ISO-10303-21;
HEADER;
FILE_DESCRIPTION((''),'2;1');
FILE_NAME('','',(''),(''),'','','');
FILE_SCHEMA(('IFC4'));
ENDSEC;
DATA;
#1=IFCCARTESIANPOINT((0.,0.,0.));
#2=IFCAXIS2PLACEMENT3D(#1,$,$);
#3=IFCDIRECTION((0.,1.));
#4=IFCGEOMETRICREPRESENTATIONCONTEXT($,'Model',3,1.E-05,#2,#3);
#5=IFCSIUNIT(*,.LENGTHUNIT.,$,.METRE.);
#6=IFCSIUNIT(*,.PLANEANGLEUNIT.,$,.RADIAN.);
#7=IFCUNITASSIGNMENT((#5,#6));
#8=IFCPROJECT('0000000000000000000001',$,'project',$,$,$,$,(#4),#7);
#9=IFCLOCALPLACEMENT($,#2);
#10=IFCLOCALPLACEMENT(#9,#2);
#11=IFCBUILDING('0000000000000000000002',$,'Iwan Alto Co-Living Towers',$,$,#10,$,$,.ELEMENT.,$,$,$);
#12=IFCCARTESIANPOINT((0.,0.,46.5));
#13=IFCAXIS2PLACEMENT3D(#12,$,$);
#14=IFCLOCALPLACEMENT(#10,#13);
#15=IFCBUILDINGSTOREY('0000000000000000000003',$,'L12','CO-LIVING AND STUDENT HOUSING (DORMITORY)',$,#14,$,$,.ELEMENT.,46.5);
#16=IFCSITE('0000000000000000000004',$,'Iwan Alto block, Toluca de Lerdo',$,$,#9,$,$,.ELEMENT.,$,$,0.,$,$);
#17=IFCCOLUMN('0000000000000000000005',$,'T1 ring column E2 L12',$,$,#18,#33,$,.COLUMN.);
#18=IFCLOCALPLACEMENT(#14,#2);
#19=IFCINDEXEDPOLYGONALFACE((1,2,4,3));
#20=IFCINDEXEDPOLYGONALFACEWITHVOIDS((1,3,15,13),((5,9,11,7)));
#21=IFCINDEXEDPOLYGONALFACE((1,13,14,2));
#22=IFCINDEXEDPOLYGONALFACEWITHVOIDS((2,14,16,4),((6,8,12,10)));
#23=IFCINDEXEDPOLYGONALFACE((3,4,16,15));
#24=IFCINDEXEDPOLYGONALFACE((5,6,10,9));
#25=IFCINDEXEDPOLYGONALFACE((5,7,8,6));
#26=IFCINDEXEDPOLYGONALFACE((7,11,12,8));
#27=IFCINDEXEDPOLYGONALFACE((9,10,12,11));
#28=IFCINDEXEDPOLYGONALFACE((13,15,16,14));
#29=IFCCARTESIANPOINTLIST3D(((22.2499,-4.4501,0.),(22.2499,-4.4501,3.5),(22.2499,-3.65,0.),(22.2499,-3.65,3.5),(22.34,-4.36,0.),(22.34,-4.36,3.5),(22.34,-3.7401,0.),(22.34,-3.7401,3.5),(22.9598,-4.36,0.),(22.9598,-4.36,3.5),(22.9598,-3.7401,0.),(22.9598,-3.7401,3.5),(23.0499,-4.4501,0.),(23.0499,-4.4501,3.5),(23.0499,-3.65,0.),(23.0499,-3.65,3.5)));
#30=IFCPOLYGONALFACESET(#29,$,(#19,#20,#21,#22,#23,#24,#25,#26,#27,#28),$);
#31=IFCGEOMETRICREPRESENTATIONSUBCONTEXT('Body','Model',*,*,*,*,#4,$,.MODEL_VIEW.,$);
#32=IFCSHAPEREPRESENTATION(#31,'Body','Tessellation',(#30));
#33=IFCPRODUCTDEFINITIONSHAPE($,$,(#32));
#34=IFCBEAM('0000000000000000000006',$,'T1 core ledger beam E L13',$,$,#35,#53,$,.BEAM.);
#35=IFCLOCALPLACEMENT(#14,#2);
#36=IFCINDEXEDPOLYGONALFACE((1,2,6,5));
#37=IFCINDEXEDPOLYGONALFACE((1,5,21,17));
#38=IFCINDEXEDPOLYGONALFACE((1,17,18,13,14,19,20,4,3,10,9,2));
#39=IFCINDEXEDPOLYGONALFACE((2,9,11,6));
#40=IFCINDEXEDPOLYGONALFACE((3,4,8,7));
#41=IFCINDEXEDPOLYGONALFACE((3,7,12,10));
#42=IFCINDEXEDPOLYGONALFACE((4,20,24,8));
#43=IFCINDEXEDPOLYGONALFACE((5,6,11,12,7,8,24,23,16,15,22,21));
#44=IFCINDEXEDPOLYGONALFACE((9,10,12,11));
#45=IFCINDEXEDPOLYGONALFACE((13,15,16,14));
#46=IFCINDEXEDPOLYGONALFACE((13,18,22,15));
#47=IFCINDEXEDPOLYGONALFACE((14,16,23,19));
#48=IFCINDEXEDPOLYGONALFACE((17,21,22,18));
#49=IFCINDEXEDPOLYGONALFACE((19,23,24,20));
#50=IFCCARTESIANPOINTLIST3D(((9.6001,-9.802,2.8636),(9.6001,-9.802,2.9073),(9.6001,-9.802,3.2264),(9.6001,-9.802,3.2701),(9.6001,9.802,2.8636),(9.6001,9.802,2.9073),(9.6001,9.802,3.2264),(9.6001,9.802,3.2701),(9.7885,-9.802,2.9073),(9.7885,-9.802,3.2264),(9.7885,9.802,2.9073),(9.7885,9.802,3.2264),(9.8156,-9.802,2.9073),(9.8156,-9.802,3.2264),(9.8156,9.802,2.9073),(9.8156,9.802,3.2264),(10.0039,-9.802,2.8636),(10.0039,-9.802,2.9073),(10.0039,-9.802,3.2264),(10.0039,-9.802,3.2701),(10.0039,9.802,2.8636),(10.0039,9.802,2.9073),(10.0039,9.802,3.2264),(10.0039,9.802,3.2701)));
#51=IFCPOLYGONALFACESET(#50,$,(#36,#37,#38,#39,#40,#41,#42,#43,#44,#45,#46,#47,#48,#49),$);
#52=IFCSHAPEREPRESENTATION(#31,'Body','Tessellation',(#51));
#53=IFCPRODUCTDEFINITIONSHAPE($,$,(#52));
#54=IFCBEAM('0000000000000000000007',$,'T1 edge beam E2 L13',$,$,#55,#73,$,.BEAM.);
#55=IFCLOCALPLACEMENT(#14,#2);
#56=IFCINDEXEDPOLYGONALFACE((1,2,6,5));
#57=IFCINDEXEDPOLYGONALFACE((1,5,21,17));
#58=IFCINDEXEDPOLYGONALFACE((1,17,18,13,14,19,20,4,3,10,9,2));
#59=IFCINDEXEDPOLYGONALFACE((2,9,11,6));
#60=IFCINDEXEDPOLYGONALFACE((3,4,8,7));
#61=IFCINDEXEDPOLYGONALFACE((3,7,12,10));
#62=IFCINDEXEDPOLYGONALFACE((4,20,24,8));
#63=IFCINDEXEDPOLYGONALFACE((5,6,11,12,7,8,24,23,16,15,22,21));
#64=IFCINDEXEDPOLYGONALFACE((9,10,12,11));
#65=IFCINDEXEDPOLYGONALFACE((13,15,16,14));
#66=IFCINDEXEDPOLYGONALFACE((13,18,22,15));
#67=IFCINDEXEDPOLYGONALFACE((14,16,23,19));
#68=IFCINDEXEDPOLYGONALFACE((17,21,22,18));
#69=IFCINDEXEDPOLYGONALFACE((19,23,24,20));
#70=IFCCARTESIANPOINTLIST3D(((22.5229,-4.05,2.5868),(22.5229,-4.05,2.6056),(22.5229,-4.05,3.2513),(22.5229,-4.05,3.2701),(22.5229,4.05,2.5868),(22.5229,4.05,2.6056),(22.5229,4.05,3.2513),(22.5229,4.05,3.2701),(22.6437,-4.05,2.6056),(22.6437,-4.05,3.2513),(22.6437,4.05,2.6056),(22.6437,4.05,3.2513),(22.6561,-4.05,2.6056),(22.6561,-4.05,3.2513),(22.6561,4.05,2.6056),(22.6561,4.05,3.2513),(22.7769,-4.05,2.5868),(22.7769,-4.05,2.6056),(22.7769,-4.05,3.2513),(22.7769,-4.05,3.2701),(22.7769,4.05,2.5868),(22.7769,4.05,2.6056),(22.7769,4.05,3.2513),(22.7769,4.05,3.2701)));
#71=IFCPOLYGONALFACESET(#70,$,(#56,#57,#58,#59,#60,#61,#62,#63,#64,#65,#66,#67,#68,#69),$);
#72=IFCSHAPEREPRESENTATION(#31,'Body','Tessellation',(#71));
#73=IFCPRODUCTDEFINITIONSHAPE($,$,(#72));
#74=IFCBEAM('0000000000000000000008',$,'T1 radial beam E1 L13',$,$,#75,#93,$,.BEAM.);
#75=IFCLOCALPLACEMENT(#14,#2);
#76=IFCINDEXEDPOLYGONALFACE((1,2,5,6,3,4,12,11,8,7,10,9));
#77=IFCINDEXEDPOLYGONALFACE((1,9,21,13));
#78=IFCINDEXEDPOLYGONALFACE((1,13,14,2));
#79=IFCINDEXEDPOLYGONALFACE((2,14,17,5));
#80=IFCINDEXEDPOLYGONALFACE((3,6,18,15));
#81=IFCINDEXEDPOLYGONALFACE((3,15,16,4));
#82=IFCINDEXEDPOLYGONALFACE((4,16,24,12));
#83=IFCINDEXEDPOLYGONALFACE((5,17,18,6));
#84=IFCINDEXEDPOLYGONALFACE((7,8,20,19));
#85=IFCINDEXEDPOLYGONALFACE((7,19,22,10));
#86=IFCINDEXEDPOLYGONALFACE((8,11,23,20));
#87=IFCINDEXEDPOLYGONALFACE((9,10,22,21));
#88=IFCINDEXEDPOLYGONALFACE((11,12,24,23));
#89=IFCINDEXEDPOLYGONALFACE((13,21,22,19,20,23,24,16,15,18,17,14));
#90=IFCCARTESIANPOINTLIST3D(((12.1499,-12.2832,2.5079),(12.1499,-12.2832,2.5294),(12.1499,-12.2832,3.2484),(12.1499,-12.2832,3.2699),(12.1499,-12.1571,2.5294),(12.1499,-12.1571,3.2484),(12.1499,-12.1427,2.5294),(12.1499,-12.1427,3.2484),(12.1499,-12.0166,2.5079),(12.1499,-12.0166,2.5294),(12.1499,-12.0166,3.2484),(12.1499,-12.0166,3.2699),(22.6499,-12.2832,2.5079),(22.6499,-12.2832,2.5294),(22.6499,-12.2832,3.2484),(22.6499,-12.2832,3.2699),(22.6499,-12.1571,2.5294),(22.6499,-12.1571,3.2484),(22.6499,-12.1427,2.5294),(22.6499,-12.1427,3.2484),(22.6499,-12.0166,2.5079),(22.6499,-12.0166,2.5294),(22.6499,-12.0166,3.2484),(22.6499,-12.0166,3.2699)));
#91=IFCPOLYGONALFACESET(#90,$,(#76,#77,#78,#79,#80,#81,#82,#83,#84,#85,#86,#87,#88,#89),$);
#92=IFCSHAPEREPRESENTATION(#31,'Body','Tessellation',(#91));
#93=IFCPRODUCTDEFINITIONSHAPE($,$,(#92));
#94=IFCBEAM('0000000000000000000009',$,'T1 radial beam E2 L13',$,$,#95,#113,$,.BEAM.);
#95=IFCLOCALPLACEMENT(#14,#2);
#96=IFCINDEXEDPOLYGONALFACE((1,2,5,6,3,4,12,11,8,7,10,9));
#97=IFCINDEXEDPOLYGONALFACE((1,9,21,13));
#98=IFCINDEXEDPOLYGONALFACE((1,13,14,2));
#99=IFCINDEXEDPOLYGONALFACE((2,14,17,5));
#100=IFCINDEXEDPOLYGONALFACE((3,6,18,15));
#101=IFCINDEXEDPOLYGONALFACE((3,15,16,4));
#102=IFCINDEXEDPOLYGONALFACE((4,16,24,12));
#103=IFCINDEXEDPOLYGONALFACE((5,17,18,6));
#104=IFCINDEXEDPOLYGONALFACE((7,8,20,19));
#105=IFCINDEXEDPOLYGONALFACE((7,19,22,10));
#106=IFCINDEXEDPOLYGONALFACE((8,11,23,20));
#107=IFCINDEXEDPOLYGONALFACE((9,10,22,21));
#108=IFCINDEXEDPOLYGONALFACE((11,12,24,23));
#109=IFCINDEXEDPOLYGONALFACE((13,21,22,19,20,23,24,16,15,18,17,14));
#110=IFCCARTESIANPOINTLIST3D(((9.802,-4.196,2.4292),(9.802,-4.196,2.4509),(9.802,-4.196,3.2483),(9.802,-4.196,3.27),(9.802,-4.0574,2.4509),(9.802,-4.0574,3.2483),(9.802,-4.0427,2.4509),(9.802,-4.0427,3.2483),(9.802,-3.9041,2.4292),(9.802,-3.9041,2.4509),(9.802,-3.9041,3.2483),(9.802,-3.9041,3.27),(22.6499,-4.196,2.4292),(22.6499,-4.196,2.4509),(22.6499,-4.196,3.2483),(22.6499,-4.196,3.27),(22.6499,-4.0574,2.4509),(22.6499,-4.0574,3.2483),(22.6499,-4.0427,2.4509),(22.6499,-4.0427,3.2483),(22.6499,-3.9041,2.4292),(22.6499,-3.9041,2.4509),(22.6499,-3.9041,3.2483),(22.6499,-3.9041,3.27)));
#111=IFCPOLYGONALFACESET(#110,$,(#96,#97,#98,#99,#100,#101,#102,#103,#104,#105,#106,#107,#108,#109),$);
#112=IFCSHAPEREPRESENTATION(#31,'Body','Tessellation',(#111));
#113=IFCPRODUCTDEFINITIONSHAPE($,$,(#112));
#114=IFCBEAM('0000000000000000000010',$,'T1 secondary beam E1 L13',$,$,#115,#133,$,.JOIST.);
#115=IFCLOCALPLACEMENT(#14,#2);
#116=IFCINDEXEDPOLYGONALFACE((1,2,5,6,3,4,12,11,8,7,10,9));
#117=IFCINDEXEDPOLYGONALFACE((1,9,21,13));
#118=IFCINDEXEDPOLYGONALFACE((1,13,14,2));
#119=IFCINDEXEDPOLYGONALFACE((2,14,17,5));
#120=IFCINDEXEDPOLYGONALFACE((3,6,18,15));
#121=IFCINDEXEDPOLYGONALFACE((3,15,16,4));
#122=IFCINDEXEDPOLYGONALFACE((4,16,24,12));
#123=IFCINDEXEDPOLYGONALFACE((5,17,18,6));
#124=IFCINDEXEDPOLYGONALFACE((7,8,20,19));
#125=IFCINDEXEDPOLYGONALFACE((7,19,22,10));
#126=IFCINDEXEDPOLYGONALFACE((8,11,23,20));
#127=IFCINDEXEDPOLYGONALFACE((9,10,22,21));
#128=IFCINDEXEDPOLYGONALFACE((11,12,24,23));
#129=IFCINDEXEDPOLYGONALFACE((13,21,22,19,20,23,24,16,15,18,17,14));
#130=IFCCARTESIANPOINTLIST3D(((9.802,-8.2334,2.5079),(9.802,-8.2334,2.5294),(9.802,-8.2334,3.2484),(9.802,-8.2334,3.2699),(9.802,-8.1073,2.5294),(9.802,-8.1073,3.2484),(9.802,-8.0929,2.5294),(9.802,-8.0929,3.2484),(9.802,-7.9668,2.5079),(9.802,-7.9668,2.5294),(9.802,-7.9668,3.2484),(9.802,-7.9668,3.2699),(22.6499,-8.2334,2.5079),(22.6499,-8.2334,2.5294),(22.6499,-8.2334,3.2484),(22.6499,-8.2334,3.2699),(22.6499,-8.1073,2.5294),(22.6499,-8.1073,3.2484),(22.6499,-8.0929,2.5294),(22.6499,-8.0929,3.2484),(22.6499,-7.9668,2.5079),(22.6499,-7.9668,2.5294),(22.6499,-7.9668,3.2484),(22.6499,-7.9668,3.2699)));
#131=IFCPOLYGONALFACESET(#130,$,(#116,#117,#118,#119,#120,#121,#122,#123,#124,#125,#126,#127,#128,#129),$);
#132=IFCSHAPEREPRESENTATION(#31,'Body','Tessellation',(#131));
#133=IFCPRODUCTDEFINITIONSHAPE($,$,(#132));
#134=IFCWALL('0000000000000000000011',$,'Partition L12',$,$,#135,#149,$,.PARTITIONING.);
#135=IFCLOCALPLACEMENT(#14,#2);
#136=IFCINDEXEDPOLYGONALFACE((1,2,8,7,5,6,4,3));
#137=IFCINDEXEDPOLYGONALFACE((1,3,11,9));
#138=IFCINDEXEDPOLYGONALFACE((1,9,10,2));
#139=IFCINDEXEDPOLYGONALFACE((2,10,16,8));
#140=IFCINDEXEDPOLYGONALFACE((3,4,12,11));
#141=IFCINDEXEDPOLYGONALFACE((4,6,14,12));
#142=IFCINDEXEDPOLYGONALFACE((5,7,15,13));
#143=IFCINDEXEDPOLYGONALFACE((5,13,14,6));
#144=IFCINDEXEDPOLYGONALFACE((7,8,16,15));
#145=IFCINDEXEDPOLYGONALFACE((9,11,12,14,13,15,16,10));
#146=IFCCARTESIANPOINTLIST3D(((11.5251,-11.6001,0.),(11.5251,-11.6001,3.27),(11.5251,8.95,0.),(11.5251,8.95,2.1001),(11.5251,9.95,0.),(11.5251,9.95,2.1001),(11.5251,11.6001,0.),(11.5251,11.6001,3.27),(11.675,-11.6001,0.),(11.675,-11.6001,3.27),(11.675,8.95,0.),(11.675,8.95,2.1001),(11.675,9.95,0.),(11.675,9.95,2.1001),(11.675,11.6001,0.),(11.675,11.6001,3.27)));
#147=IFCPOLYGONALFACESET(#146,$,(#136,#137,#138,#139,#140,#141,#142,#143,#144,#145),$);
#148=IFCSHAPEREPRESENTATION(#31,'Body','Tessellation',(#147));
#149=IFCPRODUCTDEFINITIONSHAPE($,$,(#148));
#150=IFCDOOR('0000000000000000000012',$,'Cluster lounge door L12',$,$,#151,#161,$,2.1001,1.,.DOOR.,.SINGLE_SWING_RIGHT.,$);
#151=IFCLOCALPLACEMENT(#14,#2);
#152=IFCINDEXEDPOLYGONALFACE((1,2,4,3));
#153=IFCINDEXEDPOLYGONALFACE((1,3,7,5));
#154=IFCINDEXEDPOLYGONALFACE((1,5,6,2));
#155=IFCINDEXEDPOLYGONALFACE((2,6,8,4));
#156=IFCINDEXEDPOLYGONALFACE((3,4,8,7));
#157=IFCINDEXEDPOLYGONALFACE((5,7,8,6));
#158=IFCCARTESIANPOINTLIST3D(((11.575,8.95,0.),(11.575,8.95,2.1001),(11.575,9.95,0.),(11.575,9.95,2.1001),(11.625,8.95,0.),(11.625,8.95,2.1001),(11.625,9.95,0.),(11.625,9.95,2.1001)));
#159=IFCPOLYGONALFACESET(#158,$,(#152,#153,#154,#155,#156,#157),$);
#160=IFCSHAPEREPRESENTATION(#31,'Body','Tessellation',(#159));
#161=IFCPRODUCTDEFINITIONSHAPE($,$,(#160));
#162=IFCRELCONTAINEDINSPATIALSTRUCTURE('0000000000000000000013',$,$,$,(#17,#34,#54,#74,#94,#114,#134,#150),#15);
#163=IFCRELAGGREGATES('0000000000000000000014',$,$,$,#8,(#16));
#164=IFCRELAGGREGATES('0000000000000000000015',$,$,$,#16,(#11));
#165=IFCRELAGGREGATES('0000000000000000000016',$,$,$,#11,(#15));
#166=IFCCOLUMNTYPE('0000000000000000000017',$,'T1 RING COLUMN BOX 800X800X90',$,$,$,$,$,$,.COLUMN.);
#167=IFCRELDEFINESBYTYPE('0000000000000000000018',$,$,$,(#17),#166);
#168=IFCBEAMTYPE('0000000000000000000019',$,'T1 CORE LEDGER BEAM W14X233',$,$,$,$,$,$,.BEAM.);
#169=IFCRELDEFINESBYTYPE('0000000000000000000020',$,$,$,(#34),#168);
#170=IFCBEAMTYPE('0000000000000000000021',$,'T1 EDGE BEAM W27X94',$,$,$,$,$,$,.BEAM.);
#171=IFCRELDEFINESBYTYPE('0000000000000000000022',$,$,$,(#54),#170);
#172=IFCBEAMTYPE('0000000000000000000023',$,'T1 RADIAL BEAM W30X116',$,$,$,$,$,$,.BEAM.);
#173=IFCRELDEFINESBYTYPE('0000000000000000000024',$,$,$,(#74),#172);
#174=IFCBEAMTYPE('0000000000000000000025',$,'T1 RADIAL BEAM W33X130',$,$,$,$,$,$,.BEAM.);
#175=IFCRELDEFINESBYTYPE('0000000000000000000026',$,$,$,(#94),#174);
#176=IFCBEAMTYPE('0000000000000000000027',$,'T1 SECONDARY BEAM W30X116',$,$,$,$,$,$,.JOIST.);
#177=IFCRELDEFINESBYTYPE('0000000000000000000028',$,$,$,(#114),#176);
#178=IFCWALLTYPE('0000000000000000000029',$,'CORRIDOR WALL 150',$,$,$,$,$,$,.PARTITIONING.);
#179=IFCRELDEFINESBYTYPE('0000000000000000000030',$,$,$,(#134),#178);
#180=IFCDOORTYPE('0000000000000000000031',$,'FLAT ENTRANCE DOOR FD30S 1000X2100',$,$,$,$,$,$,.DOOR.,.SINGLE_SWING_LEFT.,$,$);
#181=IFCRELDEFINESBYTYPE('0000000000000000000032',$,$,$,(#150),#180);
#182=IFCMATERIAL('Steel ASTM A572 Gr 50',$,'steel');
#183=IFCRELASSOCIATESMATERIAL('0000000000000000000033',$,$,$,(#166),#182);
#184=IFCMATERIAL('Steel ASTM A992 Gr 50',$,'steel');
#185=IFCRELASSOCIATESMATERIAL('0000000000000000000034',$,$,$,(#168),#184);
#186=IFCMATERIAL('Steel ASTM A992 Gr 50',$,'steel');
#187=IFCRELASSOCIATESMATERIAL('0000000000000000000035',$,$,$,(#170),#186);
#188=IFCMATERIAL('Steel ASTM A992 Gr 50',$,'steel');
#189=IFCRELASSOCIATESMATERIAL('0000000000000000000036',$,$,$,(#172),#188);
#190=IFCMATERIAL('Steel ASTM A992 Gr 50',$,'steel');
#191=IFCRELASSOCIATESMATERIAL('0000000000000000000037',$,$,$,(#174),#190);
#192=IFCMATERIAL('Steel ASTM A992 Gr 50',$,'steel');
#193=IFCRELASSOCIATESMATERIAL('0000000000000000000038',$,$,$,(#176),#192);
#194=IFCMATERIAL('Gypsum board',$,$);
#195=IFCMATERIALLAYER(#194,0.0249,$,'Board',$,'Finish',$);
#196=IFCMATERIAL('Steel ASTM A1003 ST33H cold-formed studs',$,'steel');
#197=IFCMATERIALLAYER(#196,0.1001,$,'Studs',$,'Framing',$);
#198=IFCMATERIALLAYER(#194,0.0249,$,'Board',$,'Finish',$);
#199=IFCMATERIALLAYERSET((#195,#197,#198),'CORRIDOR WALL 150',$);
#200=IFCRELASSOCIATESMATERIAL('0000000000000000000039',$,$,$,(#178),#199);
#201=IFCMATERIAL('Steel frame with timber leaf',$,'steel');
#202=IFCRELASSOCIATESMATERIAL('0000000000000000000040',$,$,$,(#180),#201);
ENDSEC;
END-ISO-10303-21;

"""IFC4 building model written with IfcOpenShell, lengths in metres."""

from ifc_helpers import new_model, si_unit, direction, frame, frame_2d, origin, origin_2d, place, context, subcontext, project, spatial, rectangle, hollow_rectangle, i_section, extrude, material, layer, layer_set, material_profile, profile_set, type_object, element, fill, save


model = new_model("IFC4")

# Units and contexts
model_context = context("Model", 3, precision=1e-05, world=origin(), true_north=direction((0.0, 1.0)))
body_context = subcontext(model_context, "Body", "Model", "MODEL_VIEW")
ifc_project = project(units=[si_unit("LENGTHUNIT", "METRE"), si_unit("PLANEANGLEUNIT", "RADIAN")], contexts=[model_context])

# Site, building, storey
site_placement = place(None, origin())
site = spatial("IfcSite", under=ifc_project, at=site_placement, Name="Iwan Alto block, Toluca de Lerdo", CompositionType="ELEMENT", RefElevation=0.0)
building_placement = place(site_placement, origin())
building = spatial("IfcBuilding", under=site, at=building_placement, Name="Iwan Alto Co-Living Towers", CompositionType="ELEMENT")
storey_placement = place(building_placement, frame((0.0, 0.0, 46.5)))
storey = spatial("IfcBuildingStorey", under=building, at=storey_placement, Name="L12", Description="CO-LIVING AND STUDENT HOUSING (DORMITORY)", CompositionType="ELEMENT", Elevation=46.5)

# Column
ifc_material_1 = material(Name="Steel ASTM A572 Gr 50", Category="steel")
ifc_material_profile_1 = material_profile(ifc_material_1, hollow_rectangle(XDim=0.8, YDim=0.8, WallThickness=0.0901, at=origin_2d()), Name="BOX 800X800X90")
ifc_profile_set_1 = profile_set([ifc_material_profile_1], Name="Steel ASTM A572 Gr 50")
column_type = type_object("IfcColumnType", Name="T1 RING COLUMN BOX 800X800X90", PredefinedType="COLUMN", material=ifc_profile_set_1)
column_placement = place(storey_placement, frame((22.6499, -4.05, 0.0), z_axis=(0.0, 0.0, 1.0), x_axis=(1.0, 0.0, 0.0)))
element("IfcColumn", 1, at=column_placement, inside=storey, type_object=column_type, Name="T1 ring column E2 L12", PredefinedType="COLUMN", context=body_context, shape_type="SweptSolid", body=[
    extrude(hollow_rectangle(XDim=0.8, YDim=0.8, WallThickness=0.0901, at=origin_2d()), origin(), (0.0, 0.0, 1.0), 3.5),
])

# Beams
ifc_material_2 = material(Name="Steel ASTM A992 Gr 50", Category="steel")
ifc_material_profile_2 = material_profile(ifc_material_2, i_section(OverallWidth=0.4038, OverallDepth=0.4065, WebThickness=0.0271, FlangeThickness=0.0437, at=origin_2d()), Name="W14X233")
ifc_profile_set_2 = profile_set([ifc_material_profile_2], Name="Steel ASTM A992 Gr 50")
beam_type_1 = type_object("IfcBeamType", Name="T1 CORE LEDGER BEAM W14X233", PredefinedType="BEAM", material=ifc_profile_set_2)
beam_1_placement = place(storey_placement, frame((9.802, -9.802, 3.0669), z_axis=(0.0, 1.0, 0.0), x_axis=(-1.0, 0.0, 0.0)))
element("IfcBeam", 2, at=beam_1_placement, inside=storey, type_object=beam_type_1, Name="T1 core ledger beam E L13", PredefinedType="BEAM", context=body_context, shape_type="SweptSolid", body=[
    extrude(i_section(OverallWidth=0.4038, OverallDepth=0.4065, WebThickness=0.0271, FlangeThickness=0.0437, at=origin_2d()), origin(), (0.0, 0.0, 1.0), 19.604),
])
ifc_material_3 = material(Name="Steel ASTM A992 Gr 50", Category="steel")
ifc_material_profile_3 = material_profile(ifc_material_3, i_section(OverallWidth=0.2539, OverallDepth=0.6833, WebThickness=0.0125, FlangeThickness=0.0188, at=origin_2d()), Name="W27X94")
ifc_profile_set_3 = profile_set([ifc_material_profile_3], Name="Steel ASTM A992 Gr 50")
beam_type_2 = type_object("IfcBeamType", Name="T1 EDGE BEAM W27X94", PredefinedType="BEAM", material=ifc_profile_set_3)
beam_2_placement = place(storey_placement, frame((22.6499, -4.05, 2.9285), z_axis=(0.0, 1.0, 0.0), x_axis=(-1.0, 0.0, 0.0)))
element("IfcBeam", 3, at=beam_2_placement, inside=storey, type_object=beam_type_2, Name="T1 edge beam E2 L13", PredefinedType="BEAM", context=body_context, shape_type="SweptSolid", body=[
    extrude(i_section(OverallWidth=0.2539, OverallDepth=0.6833, WebThickness=0.0125, FlangeThickness=0.0188, at=origin_2d()), origin(), (0.0, 0.0, 1.0), 8.1001),
])
ifc_material_4 = material(Name="Steel ASTM A992 Gr 50", Category="steel")
ifc_material_profile_4 = material_profile(ifc_material_4, i_section(OverallWidth=0.2666, OverallDepth=0.762, WebThickness=0.0144, FlangeThickness=0.0215, at=origin_2d()), Name="W30X116")
ifc_profile_set_4 = profile_set([ifc_material_profile_4], Name="Steel ASTM A992 Gr 50")
beam_type_3 = type_object("IfcBeamType", Name="T1 RADIAL BEAM W30X116", PredefinedType="BEAM", material=ifc_profile_set_4)
beam_3_placement = place(storey_placement, frame((22.6499, -12.1499, 2.8889), z_axis=(-1.0, 0.0, 0.0), x_axis=(0.0, -1.0, 0.0)))
element("IfcBeam", 4, at=beam_3_placement, inside=storey, type_object=beam_type_3, Name="T1 radial beam E1 L13", PredefinedType="BEAM", context=body_context, shape_type="SweptSolid", body=[
    extrude(i_section(OverallWidth=0.2666, OverallDepth=0.762, WebThickness=0.0144, FlangeThickness=0.0215, at=origin_2d()), origin(), (0.0, 0.0, 1.0), 10.5),
])
ifc_material_5 = material(Name="Steel ASTM A992 Gr 50", Category="steel")
ifc_material_profile_5 = material_profile(ifc_material_5, i_section(OverallWidth=0.292, OverallDepth=0.8408, WebThickness=0.0146, FlangeThickness=0.0217, at=origin_2d()), Name="W33X130")
ifc_profile_set_5 = profile_set([ifc_material_profile_5], Name="Steel ASTM A992 Gr 50")
beam_type_4 = type_object("IfcBeamType", Name="T1 RADIAL BEAM W33X130", PredefinedType="BEAM", material=ifc_profile_set_5)
beam_4_placement = place(storey_placement, frame((22.6499, -4.05, 2.8496), z_axis=(-1.0, 0.0, 0.0), x_axis=(0.0, -1.0, 0.0)))
element("IfcBeam", 5, at=beam_4_placement, inside=storey, type_object=beam_type_4, Name="T1 radial beam E2 L13", PredefinedType="BEAM", context=body_context, shape_type="SweptSolid", body=[
    extrude(i_section(OverallWidth=0.292, OverallDepth=0.8408, WebThickness=0.0146, FlangeThickness=0.0217, at=origin_2d()), origin(), (0.0, 0.0, 1.0), 12.8479),
])
ifc_material_6 = material(Name="Steel ASTM A992 Gr 50", Category="steel")
ifc_material_profile_6 = material_profile(ifc_material_6, i_section(OverallWidth=0.2666, OverallDepth=0.762, WebThickness=0.0144, FlangeThickness=0.0215, at=origin_2d()), Name="W30X116")
ifc_profile_set_6 = profile_set([ifc_material_profile_6], Name="Steel ASTM A992 Gr 50")
beam_type_5 = type_object("IfcBeamType", Name="T1 SECONDARY BEAM W30X116", PredefinedType="JOIST", material=ifc_profile_set_6)
beam_5_placement = place(storey_placement, frame((22.6499, -8.1001, 2.8889), z_axis=(-1.0, 0.0, 0.0), x_axis=(0.0, -1.0, 0.0)))
element("IfcBeam", 6, at=beam_5_placement, inside=storey, type_object=beam_type_5, Name="T1 secondary beam E1 L13", PredefinedType="JOIST", context=body_context, shape_type="SweptSolid", body=[
    extrude(i_section(OverallWidth=0.2666, OverallDepth=0.762, WebThickness=0.0144, FlangeThickness=0.0215, at=origin_2d()), origin(), (0.0, 0.0, 1.0), 12.8479),
])

# Wall, opening, door
ifc_material_7 = material(Name="Gypsum board")
ifc_layer_1 = layer(ifc_material_7, 0.0249, Name="Board", Category="Finish")
ifc_material_8 = material(Name="Steel ASTM A1003 ST33H cold-formed studs", Category="steel")
ifc_layer_2 = layer(ifc_material_8, 0.1001, Name="Studs", Category="Framing")
ifc_layer_3 = layer(ifc_material_7, 0.0249, Name="Board", Category="Finish")
ifc_layer_set_1 = layer_set([ifc_layer_1, ifc_layer_2, ifc_layer_3], Name="CORRIDOR WALL 150")
wall_type_1 = type_object("IfcWallType", Name="CORRIDOR WALL 150", PredefinedType="PARTITIONING", material=ifc_layer_set_1)
wall_1_placement = place(storey_placement, frame((11.6001, -11.6001, 0.0), z_axis=(0.0, 0.0, 1.0), x_axis=(0.0, 1.0, 0.0)))
wall_1 = element("IfcWall", 7, at=wall_1_placement, inside=storey, type_object=wall_type_1, Name="Partition L12", PredefinedType="PARTITIONING", context=body_context, shape_type="SweptSolid", body=[
    extrude(rectangle(XDim=23.2002, YDim=0.1499, at=frame_2d((11.6001, 0.0))), origin(), (0.0, 0.0, 1.0), 3.27),
])
opening_placement = place(wall_1_placement, frame((20.55, 0.0, 0.0)))
opening = element("IfcOpeningElement", 8, at=opening_placement, cuts=wall_1, PredefinedType="OPENING", context=body_context, shape_type="SweptSolid", body=[
    extrude(rectangle(XDim=1.0, YDim=2.1001, at=frame_2d((0.5, 1.05))), frame((0.0, 0.085, 0.0), z_axis=(0.0, -1.0, 0.0), x_axis=(1.0, 0.0, 0.0)), (0.0, 0.0, 1.0), 0.1699),
])
ifc_material_9 = material(Name="Steel frame with timber leaf", Category="steel")
door_type = type_object("IfcDoorType", Name="FLAT ENTRANCE DOOR FD30S 1000X2100", OperationType="SINGLE_SWING_LEFT", PredefinedType="DOOR", material=ifc_material_9)
door_placement = place(opening_placement, frame((1.0, 0.0, 0.0), z_axis=(0.0, 0.0, 1.0), x_axis=(-1.0, 0.0, 0.0)))
door = element("IfcDoor", 9, at=door_placement, inside=storey, type_object=door_type, Name="Cluster lounge door L12", OperationType="SINGLE_SWING_RIGHT", OverallHeight=2.1001, OverallWidth=1.0, PredefinedType="DOOR", context=body_context, shape_type="SweptSolid", body=[
    extrude(rectangle(XDim=1.0, YDim=2.1001, at=frame_2d((0.5, 1.05))), frame((0.0, 0.0249, 0.0), z_axis=(0.0, -1.0, 0.0), x_axis=(1.0, 0.0, 0.0)), (0.0, 0.0, 1.0), 0.05),
])
fill(opening, door)

save(model, "model.ifc")
